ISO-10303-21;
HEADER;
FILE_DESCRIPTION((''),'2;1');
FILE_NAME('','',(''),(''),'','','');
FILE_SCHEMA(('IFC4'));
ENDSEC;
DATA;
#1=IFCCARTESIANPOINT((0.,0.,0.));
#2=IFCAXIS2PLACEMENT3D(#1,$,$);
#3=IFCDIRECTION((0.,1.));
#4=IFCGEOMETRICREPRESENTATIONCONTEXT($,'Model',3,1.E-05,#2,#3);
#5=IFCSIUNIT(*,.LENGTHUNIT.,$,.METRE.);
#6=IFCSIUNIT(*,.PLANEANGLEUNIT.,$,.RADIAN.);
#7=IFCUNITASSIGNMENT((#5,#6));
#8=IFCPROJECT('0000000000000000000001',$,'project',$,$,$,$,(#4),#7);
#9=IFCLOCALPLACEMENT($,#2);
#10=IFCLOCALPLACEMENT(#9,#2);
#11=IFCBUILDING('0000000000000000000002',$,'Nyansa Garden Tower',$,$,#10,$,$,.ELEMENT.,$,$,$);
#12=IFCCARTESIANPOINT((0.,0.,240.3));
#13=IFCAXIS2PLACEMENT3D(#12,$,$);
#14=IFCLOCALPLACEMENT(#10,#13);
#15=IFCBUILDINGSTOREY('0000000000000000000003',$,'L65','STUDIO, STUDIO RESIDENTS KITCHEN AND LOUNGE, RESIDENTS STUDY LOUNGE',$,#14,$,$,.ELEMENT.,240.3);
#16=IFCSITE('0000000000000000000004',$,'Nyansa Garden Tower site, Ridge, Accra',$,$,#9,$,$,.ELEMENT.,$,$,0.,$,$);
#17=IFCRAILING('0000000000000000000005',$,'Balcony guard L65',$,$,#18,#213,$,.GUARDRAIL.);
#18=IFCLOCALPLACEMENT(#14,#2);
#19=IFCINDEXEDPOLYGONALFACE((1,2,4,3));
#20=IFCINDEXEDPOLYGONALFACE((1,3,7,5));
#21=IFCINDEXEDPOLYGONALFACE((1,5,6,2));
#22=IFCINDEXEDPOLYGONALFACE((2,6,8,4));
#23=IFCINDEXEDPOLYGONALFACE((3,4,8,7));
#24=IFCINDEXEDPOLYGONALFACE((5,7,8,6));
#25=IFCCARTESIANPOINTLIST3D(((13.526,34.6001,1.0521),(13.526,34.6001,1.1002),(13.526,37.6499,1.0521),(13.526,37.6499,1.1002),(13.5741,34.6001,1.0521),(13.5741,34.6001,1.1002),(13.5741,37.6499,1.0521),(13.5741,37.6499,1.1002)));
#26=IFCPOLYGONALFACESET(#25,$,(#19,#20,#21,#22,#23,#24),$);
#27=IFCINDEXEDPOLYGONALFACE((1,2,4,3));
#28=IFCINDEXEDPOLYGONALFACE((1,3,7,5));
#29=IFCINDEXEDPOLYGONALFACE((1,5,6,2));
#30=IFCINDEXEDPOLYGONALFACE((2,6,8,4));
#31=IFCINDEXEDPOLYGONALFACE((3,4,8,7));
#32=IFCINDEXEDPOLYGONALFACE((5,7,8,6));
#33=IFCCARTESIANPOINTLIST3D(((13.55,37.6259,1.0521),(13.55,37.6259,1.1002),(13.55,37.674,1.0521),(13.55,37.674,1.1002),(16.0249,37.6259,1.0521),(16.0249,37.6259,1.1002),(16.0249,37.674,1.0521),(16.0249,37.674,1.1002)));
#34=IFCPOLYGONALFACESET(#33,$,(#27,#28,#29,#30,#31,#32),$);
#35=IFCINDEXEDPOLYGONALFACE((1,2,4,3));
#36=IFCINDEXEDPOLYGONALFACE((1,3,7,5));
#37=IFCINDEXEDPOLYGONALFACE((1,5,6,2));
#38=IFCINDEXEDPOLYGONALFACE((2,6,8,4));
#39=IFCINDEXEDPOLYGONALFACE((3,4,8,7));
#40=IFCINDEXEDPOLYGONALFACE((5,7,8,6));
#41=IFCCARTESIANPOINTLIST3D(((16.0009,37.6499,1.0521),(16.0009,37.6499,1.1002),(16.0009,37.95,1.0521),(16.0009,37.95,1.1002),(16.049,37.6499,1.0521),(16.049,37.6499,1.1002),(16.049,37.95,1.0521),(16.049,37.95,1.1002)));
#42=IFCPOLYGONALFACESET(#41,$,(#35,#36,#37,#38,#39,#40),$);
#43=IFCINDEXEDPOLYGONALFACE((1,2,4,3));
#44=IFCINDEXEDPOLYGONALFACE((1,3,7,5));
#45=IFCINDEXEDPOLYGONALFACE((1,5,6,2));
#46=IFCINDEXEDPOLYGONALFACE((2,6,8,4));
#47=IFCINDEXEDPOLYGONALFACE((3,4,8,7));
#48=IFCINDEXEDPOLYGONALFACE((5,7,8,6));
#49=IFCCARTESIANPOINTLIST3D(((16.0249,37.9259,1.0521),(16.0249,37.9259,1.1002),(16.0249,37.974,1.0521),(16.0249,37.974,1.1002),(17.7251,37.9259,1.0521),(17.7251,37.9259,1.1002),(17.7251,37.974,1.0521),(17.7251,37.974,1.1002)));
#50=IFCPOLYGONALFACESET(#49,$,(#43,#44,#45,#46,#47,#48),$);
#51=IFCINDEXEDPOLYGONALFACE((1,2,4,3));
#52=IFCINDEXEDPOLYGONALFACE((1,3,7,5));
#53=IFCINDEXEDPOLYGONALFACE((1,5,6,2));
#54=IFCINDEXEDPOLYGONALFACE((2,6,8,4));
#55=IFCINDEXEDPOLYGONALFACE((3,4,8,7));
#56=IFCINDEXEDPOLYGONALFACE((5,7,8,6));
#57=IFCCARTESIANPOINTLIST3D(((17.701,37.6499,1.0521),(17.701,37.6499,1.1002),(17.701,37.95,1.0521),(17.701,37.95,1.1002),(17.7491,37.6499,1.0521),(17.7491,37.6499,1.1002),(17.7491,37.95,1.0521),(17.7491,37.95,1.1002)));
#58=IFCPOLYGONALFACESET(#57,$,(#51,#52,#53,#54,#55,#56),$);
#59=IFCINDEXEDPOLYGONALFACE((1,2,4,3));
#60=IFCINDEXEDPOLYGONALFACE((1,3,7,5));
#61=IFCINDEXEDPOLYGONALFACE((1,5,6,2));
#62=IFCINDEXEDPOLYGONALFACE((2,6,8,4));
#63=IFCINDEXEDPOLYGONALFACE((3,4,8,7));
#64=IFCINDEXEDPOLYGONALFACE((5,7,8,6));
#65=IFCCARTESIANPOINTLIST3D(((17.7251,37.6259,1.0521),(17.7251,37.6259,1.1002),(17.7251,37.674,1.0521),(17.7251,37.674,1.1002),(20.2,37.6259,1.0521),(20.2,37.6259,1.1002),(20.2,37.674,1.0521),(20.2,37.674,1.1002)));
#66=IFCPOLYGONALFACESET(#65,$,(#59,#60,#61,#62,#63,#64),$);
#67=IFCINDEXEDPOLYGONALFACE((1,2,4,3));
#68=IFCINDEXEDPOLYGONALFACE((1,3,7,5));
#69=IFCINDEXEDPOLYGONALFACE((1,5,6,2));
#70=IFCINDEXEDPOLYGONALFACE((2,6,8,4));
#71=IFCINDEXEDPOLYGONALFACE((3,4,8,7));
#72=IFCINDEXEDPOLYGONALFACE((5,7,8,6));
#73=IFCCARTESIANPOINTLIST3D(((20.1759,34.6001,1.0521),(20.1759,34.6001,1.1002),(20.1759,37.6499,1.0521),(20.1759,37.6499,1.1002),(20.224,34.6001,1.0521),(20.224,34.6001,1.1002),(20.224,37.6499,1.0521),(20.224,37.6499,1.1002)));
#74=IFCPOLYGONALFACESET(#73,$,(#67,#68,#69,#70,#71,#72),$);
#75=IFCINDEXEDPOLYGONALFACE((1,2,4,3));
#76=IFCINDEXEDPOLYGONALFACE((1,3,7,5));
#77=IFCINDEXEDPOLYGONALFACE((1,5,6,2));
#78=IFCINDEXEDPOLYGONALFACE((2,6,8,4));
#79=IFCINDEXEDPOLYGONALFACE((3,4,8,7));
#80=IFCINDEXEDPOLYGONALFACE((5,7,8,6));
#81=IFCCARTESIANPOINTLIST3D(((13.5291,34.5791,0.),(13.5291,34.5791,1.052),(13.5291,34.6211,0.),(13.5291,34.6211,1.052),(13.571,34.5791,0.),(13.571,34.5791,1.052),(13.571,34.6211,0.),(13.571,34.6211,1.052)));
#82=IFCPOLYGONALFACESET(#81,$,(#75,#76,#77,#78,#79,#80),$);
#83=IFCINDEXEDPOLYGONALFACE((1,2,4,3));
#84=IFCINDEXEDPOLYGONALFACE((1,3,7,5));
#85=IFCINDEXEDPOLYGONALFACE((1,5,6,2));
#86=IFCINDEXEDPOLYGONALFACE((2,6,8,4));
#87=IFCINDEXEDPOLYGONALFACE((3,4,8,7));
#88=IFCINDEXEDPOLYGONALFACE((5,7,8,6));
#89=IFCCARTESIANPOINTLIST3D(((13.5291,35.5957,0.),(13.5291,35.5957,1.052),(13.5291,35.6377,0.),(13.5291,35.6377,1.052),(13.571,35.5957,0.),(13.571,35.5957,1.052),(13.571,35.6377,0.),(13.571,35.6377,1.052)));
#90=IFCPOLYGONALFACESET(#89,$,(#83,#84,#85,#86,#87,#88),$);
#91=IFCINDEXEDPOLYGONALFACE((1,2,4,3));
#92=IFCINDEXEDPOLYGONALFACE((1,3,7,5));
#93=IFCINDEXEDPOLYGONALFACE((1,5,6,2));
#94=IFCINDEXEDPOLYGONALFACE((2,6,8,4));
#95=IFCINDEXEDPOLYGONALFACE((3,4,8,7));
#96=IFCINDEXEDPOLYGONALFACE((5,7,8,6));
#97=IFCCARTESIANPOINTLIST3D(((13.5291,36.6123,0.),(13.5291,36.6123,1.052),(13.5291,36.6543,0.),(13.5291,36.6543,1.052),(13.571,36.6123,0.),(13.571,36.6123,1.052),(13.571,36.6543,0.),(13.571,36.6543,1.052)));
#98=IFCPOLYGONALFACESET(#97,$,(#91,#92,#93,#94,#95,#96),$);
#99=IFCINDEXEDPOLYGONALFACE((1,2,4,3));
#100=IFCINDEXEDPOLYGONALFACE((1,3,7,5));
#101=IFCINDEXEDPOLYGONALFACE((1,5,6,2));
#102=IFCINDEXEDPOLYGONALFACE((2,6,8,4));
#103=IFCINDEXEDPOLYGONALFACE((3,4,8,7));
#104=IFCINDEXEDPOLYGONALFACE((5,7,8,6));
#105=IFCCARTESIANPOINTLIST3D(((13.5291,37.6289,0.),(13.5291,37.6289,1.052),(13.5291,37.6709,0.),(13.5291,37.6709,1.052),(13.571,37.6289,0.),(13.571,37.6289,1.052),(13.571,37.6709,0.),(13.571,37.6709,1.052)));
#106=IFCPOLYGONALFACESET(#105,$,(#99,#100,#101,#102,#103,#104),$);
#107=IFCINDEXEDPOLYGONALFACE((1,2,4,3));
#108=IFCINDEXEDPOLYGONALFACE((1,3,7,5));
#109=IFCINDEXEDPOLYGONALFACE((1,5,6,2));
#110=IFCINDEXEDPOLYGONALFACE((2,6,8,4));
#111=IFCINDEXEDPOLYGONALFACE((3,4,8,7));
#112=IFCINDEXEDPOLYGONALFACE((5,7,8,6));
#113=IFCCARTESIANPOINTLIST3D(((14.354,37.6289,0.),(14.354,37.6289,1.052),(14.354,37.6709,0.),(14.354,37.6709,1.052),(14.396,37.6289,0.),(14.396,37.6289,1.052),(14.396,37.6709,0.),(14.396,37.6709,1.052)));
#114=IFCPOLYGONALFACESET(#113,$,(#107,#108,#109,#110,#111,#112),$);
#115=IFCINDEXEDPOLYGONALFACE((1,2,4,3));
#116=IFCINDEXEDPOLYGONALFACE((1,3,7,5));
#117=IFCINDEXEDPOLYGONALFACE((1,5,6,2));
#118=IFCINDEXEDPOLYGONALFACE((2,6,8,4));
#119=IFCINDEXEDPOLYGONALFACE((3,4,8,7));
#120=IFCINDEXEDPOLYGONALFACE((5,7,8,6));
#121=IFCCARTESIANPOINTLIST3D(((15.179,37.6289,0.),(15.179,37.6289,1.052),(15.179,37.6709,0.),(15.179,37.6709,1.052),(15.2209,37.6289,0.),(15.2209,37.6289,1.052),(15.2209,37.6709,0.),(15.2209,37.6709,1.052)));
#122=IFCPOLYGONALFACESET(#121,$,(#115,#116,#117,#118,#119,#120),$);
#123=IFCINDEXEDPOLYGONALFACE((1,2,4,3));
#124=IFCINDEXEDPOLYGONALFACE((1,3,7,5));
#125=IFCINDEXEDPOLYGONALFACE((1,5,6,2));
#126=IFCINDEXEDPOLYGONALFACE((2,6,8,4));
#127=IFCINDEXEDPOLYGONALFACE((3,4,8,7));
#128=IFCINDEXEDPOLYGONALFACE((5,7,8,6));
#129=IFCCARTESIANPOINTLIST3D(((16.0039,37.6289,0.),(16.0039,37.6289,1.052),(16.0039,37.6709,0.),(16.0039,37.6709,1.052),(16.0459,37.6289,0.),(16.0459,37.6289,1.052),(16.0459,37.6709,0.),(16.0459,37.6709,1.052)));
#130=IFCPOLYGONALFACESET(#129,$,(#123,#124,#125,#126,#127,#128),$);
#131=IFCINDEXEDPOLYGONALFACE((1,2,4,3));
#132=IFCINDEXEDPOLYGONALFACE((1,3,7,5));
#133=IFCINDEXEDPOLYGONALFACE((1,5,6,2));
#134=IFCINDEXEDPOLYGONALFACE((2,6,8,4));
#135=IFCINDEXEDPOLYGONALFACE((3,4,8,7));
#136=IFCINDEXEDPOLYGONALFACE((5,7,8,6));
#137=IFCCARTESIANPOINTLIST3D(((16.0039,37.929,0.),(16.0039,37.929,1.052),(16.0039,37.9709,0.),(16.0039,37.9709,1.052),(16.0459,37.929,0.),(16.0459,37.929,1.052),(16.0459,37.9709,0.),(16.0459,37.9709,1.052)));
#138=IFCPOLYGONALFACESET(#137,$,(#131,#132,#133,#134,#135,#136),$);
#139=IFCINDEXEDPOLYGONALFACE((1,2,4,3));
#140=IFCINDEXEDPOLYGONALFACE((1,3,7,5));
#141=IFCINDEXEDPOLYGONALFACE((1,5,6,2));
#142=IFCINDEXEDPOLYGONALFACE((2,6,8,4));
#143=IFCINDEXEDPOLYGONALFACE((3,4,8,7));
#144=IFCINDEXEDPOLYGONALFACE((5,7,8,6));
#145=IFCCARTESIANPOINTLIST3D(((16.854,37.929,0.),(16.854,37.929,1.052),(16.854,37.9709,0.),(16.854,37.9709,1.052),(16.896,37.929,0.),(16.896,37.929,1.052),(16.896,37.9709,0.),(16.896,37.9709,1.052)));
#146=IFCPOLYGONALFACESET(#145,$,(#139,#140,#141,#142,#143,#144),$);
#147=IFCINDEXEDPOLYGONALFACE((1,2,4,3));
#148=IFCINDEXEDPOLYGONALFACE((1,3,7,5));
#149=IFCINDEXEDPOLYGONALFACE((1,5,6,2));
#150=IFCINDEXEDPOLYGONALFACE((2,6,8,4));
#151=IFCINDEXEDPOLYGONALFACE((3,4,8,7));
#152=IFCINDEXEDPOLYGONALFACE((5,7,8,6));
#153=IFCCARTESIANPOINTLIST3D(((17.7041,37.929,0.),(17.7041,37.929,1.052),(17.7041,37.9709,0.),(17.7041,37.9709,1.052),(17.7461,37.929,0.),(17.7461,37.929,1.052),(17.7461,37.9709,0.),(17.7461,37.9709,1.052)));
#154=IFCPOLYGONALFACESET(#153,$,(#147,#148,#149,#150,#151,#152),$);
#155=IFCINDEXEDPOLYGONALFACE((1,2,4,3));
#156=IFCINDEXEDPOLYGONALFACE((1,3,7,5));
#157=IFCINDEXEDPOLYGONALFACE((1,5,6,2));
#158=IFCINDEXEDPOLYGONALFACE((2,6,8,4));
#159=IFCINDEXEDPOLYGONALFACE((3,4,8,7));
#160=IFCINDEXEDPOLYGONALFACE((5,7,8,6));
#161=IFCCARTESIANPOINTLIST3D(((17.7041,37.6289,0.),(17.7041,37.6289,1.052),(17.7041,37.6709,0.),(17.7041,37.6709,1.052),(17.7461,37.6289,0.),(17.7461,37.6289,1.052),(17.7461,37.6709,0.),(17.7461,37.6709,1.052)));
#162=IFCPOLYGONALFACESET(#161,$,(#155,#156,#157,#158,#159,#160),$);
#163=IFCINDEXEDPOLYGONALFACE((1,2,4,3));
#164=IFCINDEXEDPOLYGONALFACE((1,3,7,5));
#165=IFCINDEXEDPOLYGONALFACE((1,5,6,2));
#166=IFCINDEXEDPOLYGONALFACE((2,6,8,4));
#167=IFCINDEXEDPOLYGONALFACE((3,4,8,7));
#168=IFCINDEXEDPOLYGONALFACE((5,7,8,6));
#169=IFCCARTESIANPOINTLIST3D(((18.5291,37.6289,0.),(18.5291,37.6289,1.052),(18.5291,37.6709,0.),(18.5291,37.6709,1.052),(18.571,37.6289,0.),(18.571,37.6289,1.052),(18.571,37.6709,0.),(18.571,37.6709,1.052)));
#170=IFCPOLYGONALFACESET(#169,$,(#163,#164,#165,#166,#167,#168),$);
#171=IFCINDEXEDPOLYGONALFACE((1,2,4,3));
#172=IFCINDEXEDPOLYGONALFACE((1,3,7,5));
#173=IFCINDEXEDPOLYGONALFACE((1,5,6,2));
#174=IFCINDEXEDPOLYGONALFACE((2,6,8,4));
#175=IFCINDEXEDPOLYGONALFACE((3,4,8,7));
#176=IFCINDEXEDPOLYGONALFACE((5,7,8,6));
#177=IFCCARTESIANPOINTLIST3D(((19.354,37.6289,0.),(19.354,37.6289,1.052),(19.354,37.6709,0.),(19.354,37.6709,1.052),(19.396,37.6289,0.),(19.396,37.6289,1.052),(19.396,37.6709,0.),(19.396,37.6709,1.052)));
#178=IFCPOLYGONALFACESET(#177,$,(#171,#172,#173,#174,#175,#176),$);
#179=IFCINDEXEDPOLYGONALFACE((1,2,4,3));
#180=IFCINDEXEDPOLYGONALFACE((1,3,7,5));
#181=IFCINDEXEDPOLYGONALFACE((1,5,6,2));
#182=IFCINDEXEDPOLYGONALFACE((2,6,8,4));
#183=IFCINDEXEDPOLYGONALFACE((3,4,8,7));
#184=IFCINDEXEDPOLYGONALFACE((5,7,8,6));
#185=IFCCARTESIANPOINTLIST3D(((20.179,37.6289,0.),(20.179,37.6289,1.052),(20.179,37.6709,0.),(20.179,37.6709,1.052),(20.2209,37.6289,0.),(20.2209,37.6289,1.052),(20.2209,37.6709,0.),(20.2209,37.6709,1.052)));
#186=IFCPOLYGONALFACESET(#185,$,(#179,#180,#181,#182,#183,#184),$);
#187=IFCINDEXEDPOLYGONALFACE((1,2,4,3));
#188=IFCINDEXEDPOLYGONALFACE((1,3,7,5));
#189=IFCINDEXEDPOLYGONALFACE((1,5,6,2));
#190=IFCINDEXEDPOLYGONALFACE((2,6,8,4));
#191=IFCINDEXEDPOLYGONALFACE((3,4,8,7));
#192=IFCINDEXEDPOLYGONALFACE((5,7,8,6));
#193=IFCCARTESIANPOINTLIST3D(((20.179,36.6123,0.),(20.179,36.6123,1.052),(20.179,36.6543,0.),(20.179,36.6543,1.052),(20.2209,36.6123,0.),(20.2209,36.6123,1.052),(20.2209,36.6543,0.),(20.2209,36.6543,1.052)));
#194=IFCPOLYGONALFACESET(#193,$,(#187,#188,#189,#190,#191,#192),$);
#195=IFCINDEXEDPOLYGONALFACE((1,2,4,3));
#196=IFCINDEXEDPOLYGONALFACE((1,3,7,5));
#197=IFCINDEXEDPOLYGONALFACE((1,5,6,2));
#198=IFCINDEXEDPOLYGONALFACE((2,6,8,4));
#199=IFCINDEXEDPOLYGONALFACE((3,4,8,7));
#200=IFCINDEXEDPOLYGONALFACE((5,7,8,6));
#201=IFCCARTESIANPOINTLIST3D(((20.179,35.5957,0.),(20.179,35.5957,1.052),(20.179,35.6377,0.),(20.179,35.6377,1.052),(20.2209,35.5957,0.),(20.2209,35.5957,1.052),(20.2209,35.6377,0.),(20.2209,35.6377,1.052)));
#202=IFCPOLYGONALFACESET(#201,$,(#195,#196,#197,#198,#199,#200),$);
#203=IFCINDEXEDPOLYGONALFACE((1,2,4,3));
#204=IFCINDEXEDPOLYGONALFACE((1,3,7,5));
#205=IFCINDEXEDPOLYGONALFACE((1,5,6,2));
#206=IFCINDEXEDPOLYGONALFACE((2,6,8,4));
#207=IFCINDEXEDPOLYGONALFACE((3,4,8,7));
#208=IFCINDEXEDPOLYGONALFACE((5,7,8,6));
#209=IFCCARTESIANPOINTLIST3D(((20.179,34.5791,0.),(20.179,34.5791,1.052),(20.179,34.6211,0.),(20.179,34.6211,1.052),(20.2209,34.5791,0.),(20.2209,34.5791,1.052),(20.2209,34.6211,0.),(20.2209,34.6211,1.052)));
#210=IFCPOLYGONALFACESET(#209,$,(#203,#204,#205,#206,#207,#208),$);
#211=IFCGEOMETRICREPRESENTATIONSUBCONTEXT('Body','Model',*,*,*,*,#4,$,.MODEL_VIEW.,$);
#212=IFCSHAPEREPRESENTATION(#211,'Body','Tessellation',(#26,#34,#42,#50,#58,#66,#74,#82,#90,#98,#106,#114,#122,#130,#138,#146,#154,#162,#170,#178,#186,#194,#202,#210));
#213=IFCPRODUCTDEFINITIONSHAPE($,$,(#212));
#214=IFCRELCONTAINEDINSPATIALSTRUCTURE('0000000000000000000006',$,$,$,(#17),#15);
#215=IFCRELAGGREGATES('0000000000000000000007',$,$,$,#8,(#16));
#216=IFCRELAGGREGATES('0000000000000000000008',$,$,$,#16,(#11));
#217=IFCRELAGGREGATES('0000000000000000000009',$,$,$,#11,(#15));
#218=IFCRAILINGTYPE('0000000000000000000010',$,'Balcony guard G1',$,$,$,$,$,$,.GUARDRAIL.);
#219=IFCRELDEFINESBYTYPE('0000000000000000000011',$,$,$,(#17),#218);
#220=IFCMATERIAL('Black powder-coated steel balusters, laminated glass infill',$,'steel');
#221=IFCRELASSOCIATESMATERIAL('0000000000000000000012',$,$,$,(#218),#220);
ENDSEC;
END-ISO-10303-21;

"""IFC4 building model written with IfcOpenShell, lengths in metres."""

from ifc_helpers import new_model, si_unit, direction, frame, origin, origin_2d, place, context, subcontext, project, spatial, rectangle, extrude, material, type_object, element, save


model = new_model("IFC4")

# Units and contexts
model_context = context("Model", 3, precision=1e-05, world=origin(), true_north=direction((0.0, 1.0)))
body_context = subcontext(model_context, "Body", "Model", "MODEL_VIEW")
ifc_project = project(units=[si_unit("LENGTHUNIT", "METRE"), si_unit("PLANEANGLEUNIT", "RADIAN")], contexts=[model_context])

# Site, building, storey
site_placement = place(None, origin())
site = spatial("IfcSite", under=ifc_project, at=site_placement, Name="Nyansa Garden Tower site, Ridge, Accra", CompositionType="ELEMENT", RefElevation=0.0)
building_placement = place(site_placement, origin())
building = spatial("IfcBuilding", under=site, at=building_placement, Name="Nyansa Garden Tower", CompositionType="ELEMENT")
storey_placement = place(building_placement, frame((0.0, 0.0, 240.3)))
storey = spatial("IfcBuildingStorey", under=building, at=storey_placement, Name="L65", Description="STUDIO, STUDIO RESIDENTS KITCHEN AND LOUNGE, RESIDENTS STUDY LOUNGE", CompositionType="ELEMENT", Elevation=240.3)

# Railing
ifc_material_1 = material(Name="Black powder-coated steel balusters, laminated glass infill", Category="steel")
railing_type = type_object("IfcRailingType", Name="Balcony guard G1", PredefinedType="GUARDRAIL", material=ifc_material_1)
railing_placement = place(storey_placement, frame((13.55, 34.6001, 0.0)))
element("IfcRailing", 1, at=railing_placement, inside=storey, type_object=railing_type, Name="Balcony guard L65", PredefinedType="GUARDRAIL", context=body_context, shape_type="SweptSolid", body=[
    extrude(rectangle(XDim=0.0481, YDim=0.0481, at=origin_2d()), frame((0.0, 0.0, 1.0762), z_axis=(0.0, 1.0, 0.0), x_axis=(-1.0, 0.0, 0.0)), (0.0, 0.0, 1.0), 3.0498),
    extrude(rectangle(XDim=0.0481, YDim=0.0481, at=origin_2d()), frame((0.0, 3.0498, 1.0762), z_axis=(1.0, 0.0, 0.0), x_axis=(0.0, 1.0, 0.0)), (0.0, 0.0, 1.0), 2.4749),
    extrude(rectangle(XDim=0.0481, YDim=0.0481, at=origin_2d()), frame((2.4749, 3.0498, 1.0762), z_axis=(0.0, 1.0, 0.0), x_axis=(-1.0, 0.0, 0.0)), (0.0, 0.0, 1.0), 0.3),
    extrude(rectangle(XDim=0.0481, YDim=0.0481, at=origin_2d()), frame((2.4749, 3.3499, 1.0762), z_axis=(1.0, 0.0, 0.0), x_axis=(0.0, 1.0, 0.0)), (0.0, 0.0, 1.0), 1.7002),
    extrude(rectangle(XDim=0.0481, YDim=0.0481, at=origin_2d()), frame((4.175, 3.3499, 1.0762), z_axis=(0.0, -1.0, 0.0), x_axis=(1.0, 0.0, 0.0)), (0.0, 0.0, 1.0), 0.3),
    extrude(rectangle(XDim=0.0481, YDim=0.0481, at=origin_2d()), frame((4.175, 3.0498, 1.0762), z_axis=(1.0, 0.0, 0.0), x_axis=(0.0, 1.0, 0.0)), (0.0, 0.0, 1.0), 2.4749),
    extrude(rectangle(XDim=0.0481, YDim=0.0481, at=origin_2d()), frame((6.6499, 3.0498, 1.0762), z_axis=(0.0, -1.0, 0.0), x_axis=(1.0, 0.0, 0.0)), (0.0, 0.0, 1.0), 3.0498),
    extrude(rectangle(XDim=0.042, YDim=0.042, at=origin_2d()), origin(), (0.0, 0.0, 1.0), 1.052),
    extrude(rectangle(XDim=0.042, YDim=0.042, at=origin_2d()), frame((0.0, 1.0166, 0.0)), (0.0, 0.0, 1.0), 1.052),
    extrude(rectangle(XDim=0.042, YDim=0.042, at=origin_2d()), frame((0.0, 2.0332, 0.0)), (0.0, 0.0, 1.0), 1.052),
    extrude(rectangle(XDim=0.042, YDim=0.042, at=origin_2d()), frame((0.0, 3.0498, 0.0)), (0.0, 0.0, 1.0), 1.052),
    extrude(rectangle(XDim=0.042, YDim=0.042, at=origin_2d()), frame((0.825, 3.0498, 0.0)), (0.0, 0.0, 1.0), 1.052),
    extrude(rectangle(XDim=0.042, YDim=0.042, at=origin_2d()), frame((1.6499, 3.0498, 0.0)), (0.0, 0.0, 1.0), 1.052),
    extrude(rectangle(XDim=0.042, YDim=0.042, at=origin_2d()), frame((2.4749, 3.0498, 0.0)), (0.0, 0.0, 1.0), 1.052),
    extrude(rectangle(XDim=0.042, YDim=0.042, at=origin_2d()), frame((2.4749, 3.3499, 0.0)), (0.0, 0.0, 1.0), 1.052),
    extrude(rectangle(XDim=0.042, YDim=0.042, at=origin_2d()), frame((3.325, 3.3499, 0.0)), (0.0, 0.0, 1.0), 1.052),
    extrude(rectangle(XDim=0.042, YDim=0.042, at=origin_2d()), frame((4.175, 3.3499, 0.0)), (0.0, 0.0, 1.0), 1.052),
    extrude(rectangle(XDim=0.042, YDim=0.042, at=origin_2d()), frame((4.175, 3.0498, 0.0)), (0.0, 0.0, 1.0), 1.052),
    extrude(rectangle(XDim=0.042, YDim=0.042, at=origin_2d()), frame((5.0, 3.0498, 0.0)), (0.0, 0.0, 1.0), 1.052),
    extrude(rectangle(XDim=0.042, YDim=0.042, at=origin_2d()), frame((5.825, 3.0498, 0.0)), (0.0, 0.0, 1.0), 1.052),
    extrude(rectangle(XDim=0.042, YDim=0.042, at=origin_2d()), frame((6.6499, 3.0498, 0.0)), (0.0, 0.0, 1.0), 1.052),
    extrude(rectangle(XDim=0.042, YDim=0.042, at=origin_2d()), frame((6.6499, 2.0332, 0.0)), (0.0, 0.0, 1.0), 1.052),
    extrude(rectangle(XDim=0.042, YDim=0.042, at=origin_2d()), frame((6.6499, 1.0166, 0.0)), (0.0, 0.0, 1.0), 1.052),
    extrude(rectangle(XDim=0.042, YDim=0.042, at=origin_2d()), frame((6.6499, 0.0, 0.0)), (0.0, 0.0, 1.0), 1.052),
])

save(model, "model.ifc")
